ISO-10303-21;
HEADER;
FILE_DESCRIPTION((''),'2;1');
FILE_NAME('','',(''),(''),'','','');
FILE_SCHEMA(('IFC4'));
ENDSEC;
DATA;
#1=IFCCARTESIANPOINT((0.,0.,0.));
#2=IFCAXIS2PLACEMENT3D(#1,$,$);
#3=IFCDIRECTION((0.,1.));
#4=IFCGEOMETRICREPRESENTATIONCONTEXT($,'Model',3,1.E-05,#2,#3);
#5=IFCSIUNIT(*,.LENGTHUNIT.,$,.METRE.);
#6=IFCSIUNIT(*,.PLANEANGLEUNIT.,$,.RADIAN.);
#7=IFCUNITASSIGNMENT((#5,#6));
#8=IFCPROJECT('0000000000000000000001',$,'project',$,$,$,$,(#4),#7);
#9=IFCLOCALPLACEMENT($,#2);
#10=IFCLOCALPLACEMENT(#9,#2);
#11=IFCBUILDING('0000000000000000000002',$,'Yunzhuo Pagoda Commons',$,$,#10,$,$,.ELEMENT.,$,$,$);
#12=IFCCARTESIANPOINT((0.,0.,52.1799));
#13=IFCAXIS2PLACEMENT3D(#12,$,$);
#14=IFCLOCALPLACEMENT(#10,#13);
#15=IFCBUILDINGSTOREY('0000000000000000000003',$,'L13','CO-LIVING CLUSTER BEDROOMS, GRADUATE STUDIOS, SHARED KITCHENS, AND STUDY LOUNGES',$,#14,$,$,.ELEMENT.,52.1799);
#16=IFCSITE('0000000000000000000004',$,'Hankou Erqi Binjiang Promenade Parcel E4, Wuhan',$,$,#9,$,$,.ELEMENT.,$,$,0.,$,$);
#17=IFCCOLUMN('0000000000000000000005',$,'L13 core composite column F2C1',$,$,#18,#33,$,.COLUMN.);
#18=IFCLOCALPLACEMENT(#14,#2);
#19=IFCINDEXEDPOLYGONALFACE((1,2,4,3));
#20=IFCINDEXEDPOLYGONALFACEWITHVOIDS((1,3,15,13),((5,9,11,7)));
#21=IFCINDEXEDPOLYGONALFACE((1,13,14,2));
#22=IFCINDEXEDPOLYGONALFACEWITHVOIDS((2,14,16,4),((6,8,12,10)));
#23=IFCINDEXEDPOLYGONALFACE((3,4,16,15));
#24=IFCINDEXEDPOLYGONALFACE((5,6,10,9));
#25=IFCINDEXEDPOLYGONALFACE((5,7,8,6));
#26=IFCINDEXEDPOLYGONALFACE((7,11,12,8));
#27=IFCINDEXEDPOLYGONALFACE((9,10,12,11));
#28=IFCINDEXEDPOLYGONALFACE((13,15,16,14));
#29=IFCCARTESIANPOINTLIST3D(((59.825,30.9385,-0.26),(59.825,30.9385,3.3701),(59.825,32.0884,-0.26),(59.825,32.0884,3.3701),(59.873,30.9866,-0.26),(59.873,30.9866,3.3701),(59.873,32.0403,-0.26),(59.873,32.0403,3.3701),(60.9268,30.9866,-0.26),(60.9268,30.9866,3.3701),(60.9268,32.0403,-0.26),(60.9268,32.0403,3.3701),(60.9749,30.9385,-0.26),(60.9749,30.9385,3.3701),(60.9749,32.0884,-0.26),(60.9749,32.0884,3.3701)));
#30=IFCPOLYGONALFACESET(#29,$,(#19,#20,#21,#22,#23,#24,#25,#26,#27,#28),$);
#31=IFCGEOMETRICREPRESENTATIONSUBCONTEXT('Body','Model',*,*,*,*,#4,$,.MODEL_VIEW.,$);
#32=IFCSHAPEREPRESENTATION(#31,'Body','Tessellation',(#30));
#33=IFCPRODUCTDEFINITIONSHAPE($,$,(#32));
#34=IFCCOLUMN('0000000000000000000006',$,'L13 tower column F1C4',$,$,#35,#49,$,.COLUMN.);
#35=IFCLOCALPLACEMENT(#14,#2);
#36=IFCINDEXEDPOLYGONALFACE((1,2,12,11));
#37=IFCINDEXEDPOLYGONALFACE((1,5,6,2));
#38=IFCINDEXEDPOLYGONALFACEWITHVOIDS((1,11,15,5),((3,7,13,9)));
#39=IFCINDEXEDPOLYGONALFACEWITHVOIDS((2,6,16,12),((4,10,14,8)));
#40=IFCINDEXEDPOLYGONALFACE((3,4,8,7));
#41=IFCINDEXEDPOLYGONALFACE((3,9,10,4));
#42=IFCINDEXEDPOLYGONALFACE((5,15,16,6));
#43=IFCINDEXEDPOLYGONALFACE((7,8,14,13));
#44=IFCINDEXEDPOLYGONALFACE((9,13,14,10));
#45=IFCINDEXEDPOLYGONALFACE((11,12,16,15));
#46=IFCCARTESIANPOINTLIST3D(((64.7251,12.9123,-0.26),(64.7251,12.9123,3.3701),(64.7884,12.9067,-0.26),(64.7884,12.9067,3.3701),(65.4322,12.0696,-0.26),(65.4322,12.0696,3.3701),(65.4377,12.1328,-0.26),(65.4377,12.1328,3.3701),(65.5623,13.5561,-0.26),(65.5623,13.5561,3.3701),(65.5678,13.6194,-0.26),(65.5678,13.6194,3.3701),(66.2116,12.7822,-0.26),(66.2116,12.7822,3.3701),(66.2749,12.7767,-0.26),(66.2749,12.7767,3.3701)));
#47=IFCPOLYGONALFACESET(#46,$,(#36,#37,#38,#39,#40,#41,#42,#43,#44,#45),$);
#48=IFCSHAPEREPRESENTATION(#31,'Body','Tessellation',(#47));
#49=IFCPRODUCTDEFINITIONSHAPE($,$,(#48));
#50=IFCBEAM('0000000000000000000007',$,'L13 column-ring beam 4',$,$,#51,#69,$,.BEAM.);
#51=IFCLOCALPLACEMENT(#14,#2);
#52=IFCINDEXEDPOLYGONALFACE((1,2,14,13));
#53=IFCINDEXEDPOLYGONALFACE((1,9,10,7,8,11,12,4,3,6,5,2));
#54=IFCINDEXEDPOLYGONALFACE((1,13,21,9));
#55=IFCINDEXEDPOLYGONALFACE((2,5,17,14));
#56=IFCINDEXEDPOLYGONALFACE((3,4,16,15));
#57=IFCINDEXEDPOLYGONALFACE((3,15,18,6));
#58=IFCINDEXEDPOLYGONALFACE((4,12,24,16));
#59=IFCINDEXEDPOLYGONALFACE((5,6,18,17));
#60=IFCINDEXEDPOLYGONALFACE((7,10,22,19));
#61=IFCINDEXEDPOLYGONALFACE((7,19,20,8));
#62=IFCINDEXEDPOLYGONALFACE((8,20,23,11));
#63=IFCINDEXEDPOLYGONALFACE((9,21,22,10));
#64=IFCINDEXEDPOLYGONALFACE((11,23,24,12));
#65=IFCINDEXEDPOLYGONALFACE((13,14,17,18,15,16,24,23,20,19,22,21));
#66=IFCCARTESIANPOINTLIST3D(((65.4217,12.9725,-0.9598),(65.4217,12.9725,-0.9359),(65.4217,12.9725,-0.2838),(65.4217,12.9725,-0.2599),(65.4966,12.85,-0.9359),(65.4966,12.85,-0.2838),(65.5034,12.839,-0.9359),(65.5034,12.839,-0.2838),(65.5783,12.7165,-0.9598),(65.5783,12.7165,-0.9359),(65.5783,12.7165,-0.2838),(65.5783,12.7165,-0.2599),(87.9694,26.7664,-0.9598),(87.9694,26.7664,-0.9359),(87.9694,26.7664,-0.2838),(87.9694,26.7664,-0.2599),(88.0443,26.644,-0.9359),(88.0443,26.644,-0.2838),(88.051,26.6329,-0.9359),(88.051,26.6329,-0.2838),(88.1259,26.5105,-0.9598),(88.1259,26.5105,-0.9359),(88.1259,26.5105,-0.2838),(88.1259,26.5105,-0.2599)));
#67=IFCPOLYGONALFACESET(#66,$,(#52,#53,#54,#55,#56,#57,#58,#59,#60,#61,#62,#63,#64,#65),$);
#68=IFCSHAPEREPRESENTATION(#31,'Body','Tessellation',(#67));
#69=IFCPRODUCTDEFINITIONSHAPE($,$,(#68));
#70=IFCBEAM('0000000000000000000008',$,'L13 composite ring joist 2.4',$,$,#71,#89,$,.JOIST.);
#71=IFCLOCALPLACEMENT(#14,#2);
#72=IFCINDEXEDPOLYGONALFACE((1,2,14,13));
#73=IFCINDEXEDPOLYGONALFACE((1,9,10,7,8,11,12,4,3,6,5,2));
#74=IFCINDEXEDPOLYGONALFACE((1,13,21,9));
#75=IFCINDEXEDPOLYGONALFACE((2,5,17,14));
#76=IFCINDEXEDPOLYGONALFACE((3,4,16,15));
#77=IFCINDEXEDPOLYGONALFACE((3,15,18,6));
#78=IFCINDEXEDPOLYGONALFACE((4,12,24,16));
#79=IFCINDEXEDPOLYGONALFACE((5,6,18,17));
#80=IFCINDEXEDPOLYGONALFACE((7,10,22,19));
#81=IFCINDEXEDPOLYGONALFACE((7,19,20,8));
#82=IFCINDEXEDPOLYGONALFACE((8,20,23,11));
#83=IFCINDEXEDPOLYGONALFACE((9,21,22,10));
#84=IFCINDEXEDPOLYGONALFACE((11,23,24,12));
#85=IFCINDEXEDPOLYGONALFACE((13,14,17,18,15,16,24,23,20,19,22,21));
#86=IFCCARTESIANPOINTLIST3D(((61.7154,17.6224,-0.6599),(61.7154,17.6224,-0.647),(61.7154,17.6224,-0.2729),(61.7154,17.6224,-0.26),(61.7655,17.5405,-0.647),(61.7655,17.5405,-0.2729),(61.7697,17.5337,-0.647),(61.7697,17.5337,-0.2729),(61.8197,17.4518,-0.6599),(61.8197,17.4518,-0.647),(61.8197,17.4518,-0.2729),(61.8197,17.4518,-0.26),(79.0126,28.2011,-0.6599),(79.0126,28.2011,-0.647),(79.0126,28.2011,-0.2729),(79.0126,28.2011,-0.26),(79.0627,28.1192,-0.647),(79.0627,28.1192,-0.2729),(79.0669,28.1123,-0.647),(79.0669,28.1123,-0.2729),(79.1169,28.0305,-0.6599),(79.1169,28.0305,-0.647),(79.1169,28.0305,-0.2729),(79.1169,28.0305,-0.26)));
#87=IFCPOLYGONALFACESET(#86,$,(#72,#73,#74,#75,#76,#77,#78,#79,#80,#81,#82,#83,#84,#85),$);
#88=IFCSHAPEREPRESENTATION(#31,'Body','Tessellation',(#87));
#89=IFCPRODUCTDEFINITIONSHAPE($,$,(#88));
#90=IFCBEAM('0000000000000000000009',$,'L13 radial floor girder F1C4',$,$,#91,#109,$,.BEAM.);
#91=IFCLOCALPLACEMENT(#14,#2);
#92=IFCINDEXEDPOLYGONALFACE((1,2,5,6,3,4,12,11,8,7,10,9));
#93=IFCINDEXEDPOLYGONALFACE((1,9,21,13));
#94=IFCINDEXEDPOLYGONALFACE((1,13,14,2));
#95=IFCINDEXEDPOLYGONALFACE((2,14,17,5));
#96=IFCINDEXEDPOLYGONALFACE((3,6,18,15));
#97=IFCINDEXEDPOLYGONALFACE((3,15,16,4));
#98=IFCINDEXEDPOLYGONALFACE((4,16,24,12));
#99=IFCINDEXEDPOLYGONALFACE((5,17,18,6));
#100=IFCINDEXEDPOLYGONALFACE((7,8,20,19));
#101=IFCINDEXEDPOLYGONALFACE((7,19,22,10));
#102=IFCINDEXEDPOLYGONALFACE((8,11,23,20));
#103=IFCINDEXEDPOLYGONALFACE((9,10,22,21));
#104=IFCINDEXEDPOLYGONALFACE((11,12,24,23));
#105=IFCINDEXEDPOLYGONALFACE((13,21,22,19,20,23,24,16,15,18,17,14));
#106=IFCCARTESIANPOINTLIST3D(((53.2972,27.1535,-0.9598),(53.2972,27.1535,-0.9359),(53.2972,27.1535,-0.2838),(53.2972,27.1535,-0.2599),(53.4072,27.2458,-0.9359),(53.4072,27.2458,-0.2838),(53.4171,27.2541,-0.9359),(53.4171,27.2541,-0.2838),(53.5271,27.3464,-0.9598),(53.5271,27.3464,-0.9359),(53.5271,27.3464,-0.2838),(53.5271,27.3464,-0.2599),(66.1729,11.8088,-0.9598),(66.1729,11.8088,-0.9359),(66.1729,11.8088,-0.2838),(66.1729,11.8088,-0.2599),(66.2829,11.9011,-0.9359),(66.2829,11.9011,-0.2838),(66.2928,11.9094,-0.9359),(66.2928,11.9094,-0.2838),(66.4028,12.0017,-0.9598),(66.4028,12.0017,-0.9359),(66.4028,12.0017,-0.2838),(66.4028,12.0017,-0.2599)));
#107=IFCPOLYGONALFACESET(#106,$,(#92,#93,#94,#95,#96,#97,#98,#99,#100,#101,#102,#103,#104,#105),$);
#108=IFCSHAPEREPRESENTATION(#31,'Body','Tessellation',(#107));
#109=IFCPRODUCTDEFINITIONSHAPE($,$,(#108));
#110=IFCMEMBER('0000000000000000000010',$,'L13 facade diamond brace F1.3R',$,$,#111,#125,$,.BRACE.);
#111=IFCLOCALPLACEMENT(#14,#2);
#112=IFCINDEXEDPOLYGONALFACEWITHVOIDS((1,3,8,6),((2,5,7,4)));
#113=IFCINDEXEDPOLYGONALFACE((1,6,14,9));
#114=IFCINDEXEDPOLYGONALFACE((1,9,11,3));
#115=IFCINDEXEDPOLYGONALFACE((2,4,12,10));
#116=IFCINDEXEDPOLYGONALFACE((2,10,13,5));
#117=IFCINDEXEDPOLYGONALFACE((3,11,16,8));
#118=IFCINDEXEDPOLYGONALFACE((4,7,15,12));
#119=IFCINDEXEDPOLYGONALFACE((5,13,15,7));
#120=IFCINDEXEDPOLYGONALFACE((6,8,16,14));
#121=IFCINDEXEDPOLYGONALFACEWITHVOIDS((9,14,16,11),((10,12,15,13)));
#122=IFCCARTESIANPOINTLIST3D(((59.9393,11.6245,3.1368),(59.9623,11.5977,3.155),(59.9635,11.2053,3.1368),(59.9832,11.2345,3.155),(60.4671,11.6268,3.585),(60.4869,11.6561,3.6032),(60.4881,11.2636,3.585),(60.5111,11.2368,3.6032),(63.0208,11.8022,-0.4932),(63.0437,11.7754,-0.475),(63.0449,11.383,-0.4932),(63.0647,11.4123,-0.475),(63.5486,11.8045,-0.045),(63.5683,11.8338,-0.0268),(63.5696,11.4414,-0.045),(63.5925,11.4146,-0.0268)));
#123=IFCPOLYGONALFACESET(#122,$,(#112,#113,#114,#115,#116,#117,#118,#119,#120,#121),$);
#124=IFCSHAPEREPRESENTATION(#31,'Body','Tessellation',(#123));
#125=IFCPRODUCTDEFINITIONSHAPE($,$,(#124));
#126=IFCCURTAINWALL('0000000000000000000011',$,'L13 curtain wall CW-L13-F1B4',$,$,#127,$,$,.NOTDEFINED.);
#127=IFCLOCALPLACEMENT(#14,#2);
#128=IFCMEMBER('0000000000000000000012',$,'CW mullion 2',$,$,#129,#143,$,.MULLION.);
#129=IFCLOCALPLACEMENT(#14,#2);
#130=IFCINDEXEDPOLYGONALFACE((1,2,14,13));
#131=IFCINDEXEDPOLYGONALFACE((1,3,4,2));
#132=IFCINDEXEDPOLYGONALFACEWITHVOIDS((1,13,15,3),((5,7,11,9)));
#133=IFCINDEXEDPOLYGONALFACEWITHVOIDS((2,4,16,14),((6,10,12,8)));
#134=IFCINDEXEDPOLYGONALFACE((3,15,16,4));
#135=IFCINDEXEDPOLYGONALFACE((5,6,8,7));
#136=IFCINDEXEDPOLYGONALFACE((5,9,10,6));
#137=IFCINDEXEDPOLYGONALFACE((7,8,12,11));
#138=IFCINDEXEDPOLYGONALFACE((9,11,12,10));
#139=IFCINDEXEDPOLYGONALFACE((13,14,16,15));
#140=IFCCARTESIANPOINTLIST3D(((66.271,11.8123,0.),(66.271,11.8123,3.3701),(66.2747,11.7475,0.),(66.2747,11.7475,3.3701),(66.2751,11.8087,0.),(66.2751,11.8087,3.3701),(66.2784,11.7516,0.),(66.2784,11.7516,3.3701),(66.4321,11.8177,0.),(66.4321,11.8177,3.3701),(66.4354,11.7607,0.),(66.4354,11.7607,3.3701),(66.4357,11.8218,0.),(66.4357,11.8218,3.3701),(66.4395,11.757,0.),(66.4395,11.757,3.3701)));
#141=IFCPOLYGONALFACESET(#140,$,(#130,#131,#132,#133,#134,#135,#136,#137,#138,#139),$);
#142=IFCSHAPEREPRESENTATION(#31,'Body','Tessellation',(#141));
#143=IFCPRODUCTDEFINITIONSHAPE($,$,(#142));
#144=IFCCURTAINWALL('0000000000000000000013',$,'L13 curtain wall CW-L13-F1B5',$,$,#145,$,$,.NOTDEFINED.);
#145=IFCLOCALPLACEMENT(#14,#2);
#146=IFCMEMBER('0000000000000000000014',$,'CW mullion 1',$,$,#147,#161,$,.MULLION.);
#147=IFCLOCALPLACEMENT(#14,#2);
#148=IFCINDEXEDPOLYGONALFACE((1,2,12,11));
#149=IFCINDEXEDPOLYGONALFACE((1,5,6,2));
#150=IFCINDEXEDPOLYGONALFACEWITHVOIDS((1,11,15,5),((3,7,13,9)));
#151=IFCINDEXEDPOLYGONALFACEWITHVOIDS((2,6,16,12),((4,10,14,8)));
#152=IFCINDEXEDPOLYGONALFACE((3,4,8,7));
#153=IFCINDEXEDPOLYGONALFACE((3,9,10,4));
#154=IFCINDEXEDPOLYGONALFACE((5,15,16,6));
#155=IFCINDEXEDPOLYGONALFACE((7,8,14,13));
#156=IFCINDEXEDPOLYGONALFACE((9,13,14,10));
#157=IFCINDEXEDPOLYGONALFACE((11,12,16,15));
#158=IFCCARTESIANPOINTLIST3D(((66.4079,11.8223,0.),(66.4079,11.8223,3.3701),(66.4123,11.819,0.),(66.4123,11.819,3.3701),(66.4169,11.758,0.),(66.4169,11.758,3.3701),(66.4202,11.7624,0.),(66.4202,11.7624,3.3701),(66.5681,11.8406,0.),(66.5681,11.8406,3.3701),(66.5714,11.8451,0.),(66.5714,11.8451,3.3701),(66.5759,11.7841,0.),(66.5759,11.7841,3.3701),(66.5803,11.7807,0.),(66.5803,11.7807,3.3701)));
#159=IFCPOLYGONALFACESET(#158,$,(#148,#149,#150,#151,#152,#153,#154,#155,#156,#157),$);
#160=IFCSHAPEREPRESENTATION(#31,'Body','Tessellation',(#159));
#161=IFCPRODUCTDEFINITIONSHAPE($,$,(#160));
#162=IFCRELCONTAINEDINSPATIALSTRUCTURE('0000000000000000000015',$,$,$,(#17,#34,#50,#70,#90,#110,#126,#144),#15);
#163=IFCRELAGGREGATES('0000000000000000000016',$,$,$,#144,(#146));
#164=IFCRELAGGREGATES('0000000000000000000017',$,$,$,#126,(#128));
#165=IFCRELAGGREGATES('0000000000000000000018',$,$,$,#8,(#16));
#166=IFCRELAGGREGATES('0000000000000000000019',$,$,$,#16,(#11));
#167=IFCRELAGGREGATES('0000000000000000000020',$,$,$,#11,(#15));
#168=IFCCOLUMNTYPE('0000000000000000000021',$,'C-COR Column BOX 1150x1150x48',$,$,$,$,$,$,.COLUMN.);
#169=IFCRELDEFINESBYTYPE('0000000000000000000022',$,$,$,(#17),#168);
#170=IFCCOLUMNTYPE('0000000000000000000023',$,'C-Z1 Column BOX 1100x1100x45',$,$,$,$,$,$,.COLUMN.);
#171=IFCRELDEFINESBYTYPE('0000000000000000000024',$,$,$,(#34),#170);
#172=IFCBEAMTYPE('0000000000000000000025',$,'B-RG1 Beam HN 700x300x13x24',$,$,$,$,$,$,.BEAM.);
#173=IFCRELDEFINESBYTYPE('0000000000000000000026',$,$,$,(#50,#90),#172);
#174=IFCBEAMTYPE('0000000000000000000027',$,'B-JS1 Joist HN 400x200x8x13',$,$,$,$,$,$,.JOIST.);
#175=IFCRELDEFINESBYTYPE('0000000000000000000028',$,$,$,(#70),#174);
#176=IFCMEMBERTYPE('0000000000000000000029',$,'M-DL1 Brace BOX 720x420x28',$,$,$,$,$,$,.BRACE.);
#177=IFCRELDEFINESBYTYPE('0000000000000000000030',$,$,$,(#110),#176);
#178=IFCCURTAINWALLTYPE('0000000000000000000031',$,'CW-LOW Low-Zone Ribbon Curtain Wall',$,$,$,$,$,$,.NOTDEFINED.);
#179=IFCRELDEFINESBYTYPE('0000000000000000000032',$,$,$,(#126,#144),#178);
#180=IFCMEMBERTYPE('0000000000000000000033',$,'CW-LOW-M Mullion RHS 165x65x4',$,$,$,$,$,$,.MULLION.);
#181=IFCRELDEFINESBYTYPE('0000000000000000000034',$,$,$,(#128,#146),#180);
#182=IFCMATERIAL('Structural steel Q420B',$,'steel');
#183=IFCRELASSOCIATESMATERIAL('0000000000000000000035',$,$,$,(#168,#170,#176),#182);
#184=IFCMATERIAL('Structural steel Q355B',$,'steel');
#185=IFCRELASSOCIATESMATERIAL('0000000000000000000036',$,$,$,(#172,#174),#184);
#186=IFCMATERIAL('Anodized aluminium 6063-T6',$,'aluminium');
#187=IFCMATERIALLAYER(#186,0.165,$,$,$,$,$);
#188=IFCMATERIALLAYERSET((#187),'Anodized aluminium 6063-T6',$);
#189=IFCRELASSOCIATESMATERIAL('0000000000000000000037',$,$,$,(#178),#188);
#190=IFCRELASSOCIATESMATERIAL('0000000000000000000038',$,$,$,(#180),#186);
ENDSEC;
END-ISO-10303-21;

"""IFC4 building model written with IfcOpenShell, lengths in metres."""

from ifc_helpers import new_model, si_unit, direction, frame, origin, origin_2d, place, context, subcontext, project, spatial, hollow_rectangle, i_section, extrude, source, transform, mapped, material, layer, layer_set, material_profile, profile_set, type_object, element, aggregate, save


model = new_model("IFC4")

# Units and contexts
model_context = context("Model", 3, precision=1e-05, world=origin(), true_north=direction((0.0, 1.0)))
body_context = subcontext(model_context, "Body", "Model", "MODEL_VIEW")
ifc_project = project(units=[si_unit("LENGTHUNIT", "METRE"), si_unit("PLANEANGLEUNIT", "RADIAN")], contexts=[model_context])

# Site, building, storey
site_placement = place(None, origin())
site = spatial("IfcSite", under=ifc_project, at=site_placement, Name="Hankou Erqi Binjiang Promenade Parcel E4, Wuhan", CompositionType="ELEMENT", RefElevation=0.0)
building_placement = place(site_placement, origin())
building = spatial("IfcBuilding", under=site, at=building_placement, Name="Yunzhuo Pagoda Commons", CompositionType="ELEMENT")
storey_placement = place(building_placement, frame((0.0, 0.0, 52.1799)))
storey = spatial("IfcBuildingStorey", under=building, at=storey_placement, Name="L13", Description="CO-LIVING CLUSTER BEDROOMS, GRADUATE STUDIOS, SHARED KITCHENS, AND STUDY LOUNGES", CompositionType="ELEMENT", Elevation=52.1799)

# Columns
ifc_material_1 = material(Name="Structural steel Q420B", Category="steel")
ifc_material_profile_1 = material_profile(ifc_material_1, hollow_rectangle(XDim=1.1499, YDim=1.1499, WallThickness=0.0481, at=origin_2d()), Name="Structural steel Q420B")
ifc_profile_set_1 = profile_set([ifc_material_profile_1], Name="Structural steel Q420B")
column_type_1 = type_object("IfcColumnType", Name="C-COR Column BOX 1150x1150x48", PredefinedType="COLUMN", material=ifc_profile_set_1)
shared_shape_1 = source(origin(), body_context, "Body", "SweptSolid", [
    extrude(hollow_rectangle(XDim=1.1499, YDim=1.1499, WallThickness=0.0481, at=origin_2d()), origin(), (0.0, 0.0, 1.0), 3.6301),
])
column_1_placement = place(storey_placement, frame((60.3999, 31.5134, -0.26), z_axis=(0.0, 0.0, 1.0), x_axis=(1.0, 0.0, 0.0)))
element("IfcColumn", 1, at=column_1_placement, inside=storey, type_object=column_type_1, Name="L13 core composite column F2C1", PredefinedType="COLUMN", context=body_context, shape_type="MappedRepresentation", body=[
    mapped(shared_shape_1, transform((0.0, 0.0, 0.0), scale=1.0)),
])
ifc_material_profile_2 = material_profile(ifc_material_1, hollow_rectangle(XDim=1.1001, YDim=1.1001, WallThickness=0.0449, at=origin_2d()), Name="Structural steel Q420B")
ifc_profile_set_2 = profile_set([ifc_material_profile_2], Name="Structural steel Q420B")
column_type_2 = type_object("IfcColumnType", Name="C-Z1 Column BOX 1100x1100x45", PredefinedType="COLUMN", material=ifc_profile_set_2)
shared_shape_2 = source(origin(), body_context, "Body", "SweptSolid", [
    extrude(hollow_rectangle(XDim=1.1001, YDim=1.1001, WallThickness=0.0449, at=origin_2d()), origin(), (0.0, 0.0, 1.0), 3.6301),
])
column_2_placement = place(storey_placement, frame((65.5, 12.8445, -0.26), z_axis=(0.0, 0.0, 1.0), x_axis=(0.766044, 0.642788, 0.0)))
element("IfcColumn", 2, at=column_2_placement, inside=storey, type_object=column_type_2, Name="L13 tower column F1C4", PredefinedType="COLUMN", context=body_context, shape_type="MappedRepresentation", body=[
    mapped(shared_shape_2, transform((0.0, 0.0, 0.0), scale=1.0)),
])

# Beams
ifc_material_2 = material(Name="Structural steel Q355B", Category="steel")
ifc_material_profile_3 = material_profile(ifc_material_2, i_section(OverallWidth=0.3, OverallDepth=0.7, WebThickness=0.0129, FlangeThickness=0.0239, at=origin_2d()), Name="Structural steel Q355B")
ifc_profile_set_3 = profile_set([ifc_material_profile_3], Name="Structural steel Q355B")
beam_type_1 = type_object("IfcBeamType", Name="B-RG1 Beam HN 700x300x13x24", PredefinedType="BEAM", material=ifc_profile_set_3)
shared_shape_3 = source(origin(), body_context, "Body", "SweptSolid", [
    extrude(i_section(OverallWidth=0.3, OverallDepth=0.7, WebThickness=0.0129, FlangeThickness=0.0239, at=origin_2d()), origin(), (0.0, 0.0, 1.0), 26.4324),
])
beam_1_placement = place(storey_placement, frame((65.5, 12.8445, -0.6099), z_axis=(0.853032, 0.521859, 0.0), x_axis=(-0.521859, 0.853032, 0.0)))
element("IfcBeam", 3, at=beam_1_placement, inside=storey, type_object=beam_type_1, Name="L13 column-ring beam 4", PredefinedType="BEAM", context=body_context, shape_type="MappedRepresentation", body=[
    mapped(shared_shape_3, transform((0.0, 0.0, 0.0), scale=1.0)),
])
ifc_material_profile_4 = material_profile(ifc_material_2, i_section(OverallWidth=0.2, OverallDepth=0.3999, WebThickness=0.0081, FlangeThickness=0.0129, at=origin_2d()), Name="Structural steel Q355B")
ifc_profile_set_4 = profile_set([ifc_material_profile_4], Name="Structural steel Q355B")
beam_type_2 = type_object("IfcBeamType", Name="B-JS1 Joist HN 400x200x8x13", PredefinedType="JOIST", material=ifc_profile_set_4)
shared_shape_4 = source(origin(), body_context, "Body", "SweptSolid", [
    extrude(i_section(OverallWidth=0.2, OverallDepth=0.3999, WebThickness=0.0081, FlangeThickness=0.0129, at=origin_2d()), origin(), (0.0, 0.0, 1.0), 20.2756),
])
beam_2_placement = place(storey_placement, frame((61.7676, 17.5371, -0.46), z_axis=(0.853103, 0.521743, 0.0), x_axis=(-0.521743, 0.853103, 0.0)))
element("IfcBeam", 4, at=beam_2_placement, inside=storey, type_object=beam_type_2, Name="L13 composite ring joist 2.4", PredefinedType="JOIST", context=body_context, shape_type="MappedRepresentation", body=[
    mapped(shared_shape_4, transform((0.0, 0.0, 0.0), scale=1.0)),
])
shared_shape_5 = source(origin(), body_context, "Body", "SweptSolid", [
    extrude(i_section(OverallWidth=0.3, OverallDepth=0.7, WebThickness=0.0129, FlangeThickness=0.0239, at=origin_2d()), origin(), (0.0, 0.0, 1.0), 20.031),
])
beam_3_placement = place(storey_placement, frame((66.2878, 11.9053, -0.6099), z_axis=(-0.642787, 0.766045, 0.0), x_axis=(-0.766045, -0.642787, 0.0)))
element("IfcBeam", 5, at=beam_3_placement, inside=storey, type_object=beam_type_1, Name="L13 radial floor girder F1C4", PredefinedType="BEAM", context=body_context, shape_type="MappedRepresentation", body=[
    mapped(shared_shape_5, transform((0.0, 0.0, 0.0), scale=1.0)),
])

# Member
ifc_material_profile_5 = material_profile(ifc_material_1, hollow_rectangle(XDim=0.4199, YDim=0.72, WallThickness=0.0281, at=origin_2d()), Name="Structural steel Q420B")
ifc_profile_set_5 = profile_set([ifc_material_profile_5], Name="Structural steel Q420B")
member_type_1 = type_object("IfcMemberType", Name="M-DL1 Brace BOX 720x420x28", PredefinedType="BRACE", material=ifc_profile_set_5)
shared_shape_6 = source(origin(), body_context, "Body", "SweptSolid", [
    extrude(hollow_rectangle(XDim=0.4199, YDim=0.72, WallThickness=0.0281, at=origin_2d()), origin(), (0.0, 0.0, 1.0), 4.7649),
])
member_1_placement = place(storey_placement, frame((63.3066, 11.6084, -0.26), z_axis=(-0.646702, -0.0373, 0.76183), x_axis=(0.057581, -0.998341, 0.0)))
element("IfcMember", 6, at=member_1_placement, inside=storey, type_object=member_type_1, Name="L13 facade diamond brace F1.3R", PredefinedType="BRACE", context=body_context, shape_type="MappedRepresentation", body=[
    mapped(shared_shape_6, transform((0.0, 0.0, 0.0), scale=1.0)),
])

# Curtain wall, member
ifc_material_3 = material(Name="Anodized aluminium 6063-T6", Category="aluminium")
ifc_layer_1 = layer(ifc_material_3, 0.165)
ifc_layer_set_1 = layer_set([ifc_layer_1], Name="Anodized aluminium 6063-T6")
curtain_wall_type = type_object("IfcCurtainWallType", Name="CW-LOW Low-Zone Ribbon Curtain Wall", PredefinedType="NOTDEFINED", material=ifc_layer_set_1)
curtain_wall_1_placement = place(storey_placement, origin())
curtain_wall_1 = element("IfcCurtainWall", 7, at=curtain_wall_1_placement, inside=storey, type_object=curtain_wall_type, Name="L13 curtain wall CW-L13-F1B4", PredefinedType="NOTDEFINED")
ifc_material_profile_6 = material_profile(ifc_material_3, hollow_rectangle(XDim=0.0649, YDim=0.165, WallThickness=0.0039, at=origin_2d()), Name="Anodized aluminium 6063-T6")
ifc_profile_set_6 = profile_set([ifc_material_profile_6], Name="Anodized aluminium 6063-T6")
member_type_2 = type_object("IfcMemberType", Name="CW-LOW-M Mullion RHS 165x65x4", PredefinedType="MULLION", material=ifc_profile_set_6)
shared_shape_7 = source(origin(), body_context, "Body", "SweptSolid", [
    extrude(hollow_rectangle(XDim=0.0649, YDim=0.165, WallThickness=0.0039, at=origin_2d()), origin(), (0.0, 0.0, 1.0), 3.3701),
])
member_2_placement = place(storey_placement, frame((66.3552, 11.7847, 0.0), z_axis=(0.0, 0.0, 1.0), x_axis=(-0.057664, 0.998336, 0.0)))
member_2 = element("IfcMember", 8, at=member_2_placement, type_object=member_type_2, Name="CW mullion 2", PredefinedType="MULLION", context=body_context, shape_type="MappedRepresentation", body=[
    mapped(shared_shape_7, transform((0.0, 0.0, 0.0), scale=1.0)),
])

# Curtain wall, member
curtain_wall_2_placement = place(storey_placement, origin())
curtain_wall_2 = element("IfcCurtainWall", 9, at=curtain_wall_2_placement, inside=storey, type_object=curtain_wall_type, Name="L13 curtain wall CW-L13-F1B5", PredefinedType="NOTDEFINED")
member_3_placement = place(storey_placement, frame((66.4941, 11.8015, 0.0), z_axis=(0.0, 0.0, 1.0), x_axis=(-0.137905, 0.990445, 0.0)))
member_3 = element("IfcMember", 10, at=member_3_placement, type_object=member_type_2, Name="CW mullion 1", PredefinedType="MULLION", context=body_context, shape_type="MappedRepresentation", body=[
    mapped(shared_shape_7, transform((0.0, 0.0, 0.0), scale=1.0)),
])
aggregate(curtain_wall_2, [member_3])

aggregate(curtain_wall_1, [member_2])

save(model, "model.ifc")
